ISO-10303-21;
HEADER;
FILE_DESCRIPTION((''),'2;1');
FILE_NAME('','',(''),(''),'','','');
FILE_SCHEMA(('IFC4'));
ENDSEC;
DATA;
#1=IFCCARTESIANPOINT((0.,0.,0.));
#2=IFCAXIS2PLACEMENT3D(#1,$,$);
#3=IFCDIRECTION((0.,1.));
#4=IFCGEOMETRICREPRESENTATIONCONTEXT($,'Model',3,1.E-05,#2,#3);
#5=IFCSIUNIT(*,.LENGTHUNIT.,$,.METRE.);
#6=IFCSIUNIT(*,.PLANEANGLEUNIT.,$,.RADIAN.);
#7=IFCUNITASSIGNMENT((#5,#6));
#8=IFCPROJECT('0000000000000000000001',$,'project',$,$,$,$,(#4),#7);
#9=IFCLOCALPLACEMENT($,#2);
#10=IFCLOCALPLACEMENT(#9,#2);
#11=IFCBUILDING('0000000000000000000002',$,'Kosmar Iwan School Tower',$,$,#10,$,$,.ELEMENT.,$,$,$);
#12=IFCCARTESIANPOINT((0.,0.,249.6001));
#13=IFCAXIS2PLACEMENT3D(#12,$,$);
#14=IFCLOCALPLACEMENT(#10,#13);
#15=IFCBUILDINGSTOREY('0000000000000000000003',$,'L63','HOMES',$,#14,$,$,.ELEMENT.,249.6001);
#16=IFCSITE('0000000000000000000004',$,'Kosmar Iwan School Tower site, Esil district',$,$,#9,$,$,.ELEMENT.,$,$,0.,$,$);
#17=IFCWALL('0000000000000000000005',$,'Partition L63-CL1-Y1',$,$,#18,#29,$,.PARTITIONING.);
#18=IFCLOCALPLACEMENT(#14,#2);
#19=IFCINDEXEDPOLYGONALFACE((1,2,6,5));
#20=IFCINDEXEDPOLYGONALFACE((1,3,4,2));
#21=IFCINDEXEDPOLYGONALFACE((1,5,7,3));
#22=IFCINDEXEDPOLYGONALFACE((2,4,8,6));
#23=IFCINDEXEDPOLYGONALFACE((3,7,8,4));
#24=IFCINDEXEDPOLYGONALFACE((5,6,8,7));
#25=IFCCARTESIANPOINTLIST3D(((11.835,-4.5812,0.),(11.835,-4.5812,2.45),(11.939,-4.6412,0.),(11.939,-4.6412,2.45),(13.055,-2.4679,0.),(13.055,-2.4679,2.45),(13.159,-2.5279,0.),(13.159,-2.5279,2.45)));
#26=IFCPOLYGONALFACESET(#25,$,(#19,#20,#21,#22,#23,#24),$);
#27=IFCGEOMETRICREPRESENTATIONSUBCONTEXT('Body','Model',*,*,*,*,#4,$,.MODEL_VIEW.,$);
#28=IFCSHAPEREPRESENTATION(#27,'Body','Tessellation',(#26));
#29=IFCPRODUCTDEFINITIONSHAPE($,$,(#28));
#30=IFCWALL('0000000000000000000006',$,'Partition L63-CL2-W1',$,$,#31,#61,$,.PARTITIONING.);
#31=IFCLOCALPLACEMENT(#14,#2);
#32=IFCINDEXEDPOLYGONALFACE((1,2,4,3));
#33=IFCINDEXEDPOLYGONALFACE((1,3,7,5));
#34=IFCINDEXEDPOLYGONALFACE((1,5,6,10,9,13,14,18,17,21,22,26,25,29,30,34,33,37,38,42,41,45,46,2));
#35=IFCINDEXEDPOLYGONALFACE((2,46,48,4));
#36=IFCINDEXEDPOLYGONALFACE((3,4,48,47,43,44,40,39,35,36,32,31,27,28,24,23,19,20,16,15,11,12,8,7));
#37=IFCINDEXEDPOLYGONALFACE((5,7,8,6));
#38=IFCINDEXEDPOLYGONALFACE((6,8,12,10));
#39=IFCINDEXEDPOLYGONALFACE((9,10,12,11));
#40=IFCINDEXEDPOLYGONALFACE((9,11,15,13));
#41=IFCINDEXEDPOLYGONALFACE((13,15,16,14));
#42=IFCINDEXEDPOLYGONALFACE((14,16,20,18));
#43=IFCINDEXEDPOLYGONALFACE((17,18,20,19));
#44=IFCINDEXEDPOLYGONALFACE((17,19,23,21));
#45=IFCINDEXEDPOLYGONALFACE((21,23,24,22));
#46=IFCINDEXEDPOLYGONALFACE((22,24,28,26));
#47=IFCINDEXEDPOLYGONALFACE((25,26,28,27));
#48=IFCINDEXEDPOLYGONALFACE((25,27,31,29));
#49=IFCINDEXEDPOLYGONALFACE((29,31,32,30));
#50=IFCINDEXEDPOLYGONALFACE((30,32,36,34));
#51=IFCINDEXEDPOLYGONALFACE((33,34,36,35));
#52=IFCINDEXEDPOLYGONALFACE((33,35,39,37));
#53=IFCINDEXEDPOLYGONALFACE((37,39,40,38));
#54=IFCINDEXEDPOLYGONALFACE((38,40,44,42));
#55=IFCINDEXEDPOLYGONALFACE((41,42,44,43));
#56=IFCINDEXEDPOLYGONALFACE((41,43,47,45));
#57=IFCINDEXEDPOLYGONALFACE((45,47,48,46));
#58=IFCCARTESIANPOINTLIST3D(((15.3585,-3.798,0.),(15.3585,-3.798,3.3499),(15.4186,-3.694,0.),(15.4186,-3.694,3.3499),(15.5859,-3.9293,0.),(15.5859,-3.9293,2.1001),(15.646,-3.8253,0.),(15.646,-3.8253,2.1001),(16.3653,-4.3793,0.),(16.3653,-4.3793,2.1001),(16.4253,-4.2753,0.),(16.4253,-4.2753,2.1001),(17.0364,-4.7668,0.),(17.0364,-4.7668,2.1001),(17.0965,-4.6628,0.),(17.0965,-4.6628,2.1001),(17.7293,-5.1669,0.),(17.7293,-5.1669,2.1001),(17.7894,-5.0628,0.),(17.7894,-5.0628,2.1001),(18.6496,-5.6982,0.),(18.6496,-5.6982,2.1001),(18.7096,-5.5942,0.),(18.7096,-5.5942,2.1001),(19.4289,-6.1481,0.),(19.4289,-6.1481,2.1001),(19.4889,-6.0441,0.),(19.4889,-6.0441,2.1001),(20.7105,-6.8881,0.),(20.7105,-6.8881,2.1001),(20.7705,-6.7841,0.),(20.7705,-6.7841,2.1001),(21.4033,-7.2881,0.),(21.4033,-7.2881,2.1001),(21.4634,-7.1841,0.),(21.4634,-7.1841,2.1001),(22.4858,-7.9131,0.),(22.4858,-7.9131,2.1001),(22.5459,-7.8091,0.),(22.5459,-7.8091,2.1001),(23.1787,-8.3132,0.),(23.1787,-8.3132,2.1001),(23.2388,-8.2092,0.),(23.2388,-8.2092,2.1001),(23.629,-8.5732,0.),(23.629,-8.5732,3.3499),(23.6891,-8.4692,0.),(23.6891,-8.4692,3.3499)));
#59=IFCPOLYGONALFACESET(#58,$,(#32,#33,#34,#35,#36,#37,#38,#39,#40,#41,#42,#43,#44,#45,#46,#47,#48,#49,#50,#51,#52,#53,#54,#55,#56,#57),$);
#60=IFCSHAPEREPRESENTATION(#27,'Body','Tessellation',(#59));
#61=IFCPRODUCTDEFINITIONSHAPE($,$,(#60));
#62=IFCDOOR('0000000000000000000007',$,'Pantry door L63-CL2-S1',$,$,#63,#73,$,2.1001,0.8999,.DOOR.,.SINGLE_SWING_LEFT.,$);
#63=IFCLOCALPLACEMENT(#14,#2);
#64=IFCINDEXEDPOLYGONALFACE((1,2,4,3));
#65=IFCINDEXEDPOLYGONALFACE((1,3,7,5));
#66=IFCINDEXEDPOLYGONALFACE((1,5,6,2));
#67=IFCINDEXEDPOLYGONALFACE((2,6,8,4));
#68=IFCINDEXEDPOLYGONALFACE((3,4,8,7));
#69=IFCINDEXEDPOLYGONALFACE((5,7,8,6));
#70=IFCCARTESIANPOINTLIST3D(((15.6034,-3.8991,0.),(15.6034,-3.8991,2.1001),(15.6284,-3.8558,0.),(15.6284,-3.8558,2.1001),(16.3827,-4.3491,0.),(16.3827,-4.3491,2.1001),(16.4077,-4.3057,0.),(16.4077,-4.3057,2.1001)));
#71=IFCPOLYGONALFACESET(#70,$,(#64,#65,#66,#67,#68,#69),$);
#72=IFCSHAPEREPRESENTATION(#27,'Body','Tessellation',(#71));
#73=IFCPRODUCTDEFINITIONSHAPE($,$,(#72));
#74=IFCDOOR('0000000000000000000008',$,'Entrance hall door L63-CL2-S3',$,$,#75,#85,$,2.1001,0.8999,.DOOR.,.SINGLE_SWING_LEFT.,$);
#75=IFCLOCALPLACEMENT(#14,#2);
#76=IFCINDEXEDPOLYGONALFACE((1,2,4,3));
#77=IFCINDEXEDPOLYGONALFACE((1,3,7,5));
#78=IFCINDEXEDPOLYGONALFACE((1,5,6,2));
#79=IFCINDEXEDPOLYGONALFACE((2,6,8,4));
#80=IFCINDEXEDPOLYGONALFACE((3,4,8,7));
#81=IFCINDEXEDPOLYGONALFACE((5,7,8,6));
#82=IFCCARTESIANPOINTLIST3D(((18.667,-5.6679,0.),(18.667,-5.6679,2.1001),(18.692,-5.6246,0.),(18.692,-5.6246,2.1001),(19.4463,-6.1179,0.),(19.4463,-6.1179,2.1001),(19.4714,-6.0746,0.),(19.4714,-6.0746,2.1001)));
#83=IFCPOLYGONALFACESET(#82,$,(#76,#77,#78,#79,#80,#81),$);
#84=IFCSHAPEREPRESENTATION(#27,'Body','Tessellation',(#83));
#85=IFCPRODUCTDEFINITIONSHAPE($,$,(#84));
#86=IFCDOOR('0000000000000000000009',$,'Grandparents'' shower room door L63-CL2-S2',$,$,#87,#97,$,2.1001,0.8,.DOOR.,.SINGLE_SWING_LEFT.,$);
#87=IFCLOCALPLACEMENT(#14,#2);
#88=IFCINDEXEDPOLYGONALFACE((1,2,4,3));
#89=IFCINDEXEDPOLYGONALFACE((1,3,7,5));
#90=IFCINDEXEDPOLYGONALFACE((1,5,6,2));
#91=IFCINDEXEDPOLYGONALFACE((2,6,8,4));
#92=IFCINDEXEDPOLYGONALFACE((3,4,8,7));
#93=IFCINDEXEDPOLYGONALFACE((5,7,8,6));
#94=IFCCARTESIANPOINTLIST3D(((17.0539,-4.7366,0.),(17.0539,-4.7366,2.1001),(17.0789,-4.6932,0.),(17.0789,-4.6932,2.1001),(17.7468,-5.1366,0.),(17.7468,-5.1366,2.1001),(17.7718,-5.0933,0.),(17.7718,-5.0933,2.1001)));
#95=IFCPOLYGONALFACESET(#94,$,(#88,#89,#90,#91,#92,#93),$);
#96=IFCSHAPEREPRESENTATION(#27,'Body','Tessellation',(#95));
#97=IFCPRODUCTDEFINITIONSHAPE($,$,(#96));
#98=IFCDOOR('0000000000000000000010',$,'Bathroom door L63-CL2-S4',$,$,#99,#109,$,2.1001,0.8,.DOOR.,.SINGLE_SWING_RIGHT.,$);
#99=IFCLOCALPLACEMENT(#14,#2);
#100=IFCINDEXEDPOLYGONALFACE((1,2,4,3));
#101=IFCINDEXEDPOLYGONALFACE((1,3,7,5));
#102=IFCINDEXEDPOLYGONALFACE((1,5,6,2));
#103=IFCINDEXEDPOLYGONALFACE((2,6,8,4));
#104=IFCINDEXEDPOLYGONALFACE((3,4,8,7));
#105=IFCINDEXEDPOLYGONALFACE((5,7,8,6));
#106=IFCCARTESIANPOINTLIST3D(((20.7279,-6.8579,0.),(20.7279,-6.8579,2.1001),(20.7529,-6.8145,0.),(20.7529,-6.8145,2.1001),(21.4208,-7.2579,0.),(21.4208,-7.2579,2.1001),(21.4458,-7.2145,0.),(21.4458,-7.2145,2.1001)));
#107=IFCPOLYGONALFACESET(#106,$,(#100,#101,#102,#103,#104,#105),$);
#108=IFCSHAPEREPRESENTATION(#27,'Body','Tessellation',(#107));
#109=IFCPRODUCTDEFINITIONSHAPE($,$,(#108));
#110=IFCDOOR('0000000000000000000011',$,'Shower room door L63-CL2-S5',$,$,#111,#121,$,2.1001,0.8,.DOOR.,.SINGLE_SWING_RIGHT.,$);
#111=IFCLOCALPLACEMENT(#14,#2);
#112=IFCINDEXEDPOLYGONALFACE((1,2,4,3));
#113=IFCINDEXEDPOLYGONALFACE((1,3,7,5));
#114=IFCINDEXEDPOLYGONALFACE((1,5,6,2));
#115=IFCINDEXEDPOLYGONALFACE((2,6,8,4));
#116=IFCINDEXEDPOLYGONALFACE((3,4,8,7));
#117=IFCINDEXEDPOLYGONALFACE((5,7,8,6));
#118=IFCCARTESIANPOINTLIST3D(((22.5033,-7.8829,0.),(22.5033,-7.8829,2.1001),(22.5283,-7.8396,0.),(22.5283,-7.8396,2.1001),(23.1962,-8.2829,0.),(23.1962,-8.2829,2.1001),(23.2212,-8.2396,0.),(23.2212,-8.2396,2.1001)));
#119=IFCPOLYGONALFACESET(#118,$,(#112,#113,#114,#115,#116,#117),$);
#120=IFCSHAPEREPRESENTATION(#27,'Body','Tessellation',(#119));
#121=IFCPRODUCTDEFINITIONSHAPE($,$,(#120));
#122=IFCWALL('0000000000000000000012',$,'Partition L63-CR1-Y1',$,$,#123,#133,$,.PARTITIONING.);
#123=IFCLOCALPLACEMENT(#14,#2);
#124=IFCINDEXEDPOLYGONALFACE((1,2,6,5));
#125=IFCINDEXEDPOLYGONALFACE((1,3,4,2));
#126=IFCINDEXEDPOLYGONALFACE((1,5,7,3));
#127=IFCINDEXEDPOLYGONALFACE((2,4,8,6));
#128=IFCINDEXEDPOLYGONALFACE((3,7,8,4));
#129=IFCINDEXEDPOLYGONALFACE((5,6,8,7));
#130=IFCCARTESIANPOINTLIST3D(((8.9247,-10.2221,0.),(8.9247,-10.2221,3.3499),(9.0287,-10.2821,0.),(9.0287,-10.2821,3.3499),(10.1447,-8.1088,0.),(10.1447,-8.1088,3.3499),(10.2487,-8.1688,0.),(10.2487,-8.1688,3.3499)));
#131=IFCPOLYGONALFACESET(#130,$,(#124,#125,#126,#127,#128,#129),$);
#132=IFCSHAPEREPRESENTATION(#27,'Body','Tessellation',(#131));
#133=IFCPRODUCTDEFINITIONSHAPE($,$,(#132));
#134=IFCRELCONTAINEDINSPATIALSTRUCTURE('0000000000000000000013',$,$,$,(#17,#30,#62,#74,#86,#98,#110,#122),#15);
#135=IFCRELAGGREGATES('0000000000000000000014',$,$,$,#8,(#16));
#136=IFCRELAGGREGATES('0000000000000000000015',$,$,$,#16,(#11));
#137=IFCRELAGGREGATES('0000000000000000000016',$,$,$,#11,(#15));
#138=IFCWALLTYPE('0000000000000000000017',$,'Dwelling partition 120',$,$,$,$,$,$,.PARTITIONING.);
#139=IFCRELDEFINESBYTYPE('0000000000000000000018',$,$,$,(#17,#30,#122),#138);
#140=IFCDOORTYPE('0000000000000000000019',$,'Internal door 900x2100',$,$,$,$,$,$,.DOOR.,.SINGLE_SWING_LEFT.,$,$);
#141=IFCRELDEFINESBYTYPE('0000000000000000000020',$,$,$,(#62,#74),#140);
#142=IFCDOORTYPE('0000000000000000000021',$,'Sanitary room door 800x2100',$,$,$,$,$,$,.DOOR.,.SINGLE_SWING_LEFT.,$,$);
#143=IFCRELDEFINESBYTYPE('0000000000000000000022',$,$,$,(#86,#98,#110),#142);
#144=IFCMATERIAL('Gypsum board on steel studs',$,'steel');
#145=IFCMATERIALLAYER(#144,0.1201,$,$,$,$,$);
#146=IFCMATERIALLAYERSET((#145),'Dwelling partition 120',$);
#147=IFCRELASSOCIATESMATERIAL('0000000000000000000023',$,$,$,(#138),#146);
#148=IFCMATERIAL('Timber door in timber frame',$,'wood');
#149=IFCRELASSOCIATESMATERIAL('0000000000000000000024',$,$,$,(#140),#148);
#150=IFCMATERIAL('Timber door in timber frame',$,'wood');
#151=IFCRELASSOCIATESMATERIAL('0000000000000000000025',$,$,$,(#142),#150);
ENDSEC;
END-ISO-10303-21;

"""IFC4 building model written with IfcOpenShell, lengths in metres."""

from ifc_helpers import new_model, si_unit, direction, frame, frame_2d, origin, place, context, subcontext, project, spatial, rectangle, extrude, material, layer, layer_set, type_object, element, fill, save


model = new_model("IFC4")

# Units and contexts
model_context = context("Model", 3, precision=1e-05, world=origin(), true_north=direction((0.0, 1.0)))
body_context = subcontext(model_context, "Body", "Model", "MODEL_VIEW")
ifc_project = project(units=[si_unit("LENGTHUNIT", "METRE"), si_unit("PLANEANGLEUNIT", "RADIAN")], contexts=[model_context])

# Site, building, storey
site_placement = place(None, origin())
site = spatial("IfcSite", under=ifc_project, at=site_placement, Name="Kosmar Iwan School Tower site, Esil district", CompositionType="ELEMENT", RefElevation=0.0)
building_placement = place(site_placement, origin())
building = spatial("IfcBuilding", under=site, at=building_placement, Name="Kosmar Iwan School Tower", CompositionType="ELEMENT")
storey_placement = place(building_placement, frame((0.0, 0.0, 249.6001)))
storey = spatial("IfcBuildingStorey", under=building, at=storey_placement, Name="L63", Description="HOMES", CompositionType="ELEMENT", Elevation=249.6001)

# Shared definitions
ifc_material_1 = material(Name="Gypsum board on steel studs", Category="steel")
ifc_layer_1 = layer(ifc_material_1, 0.1201)
ifc_layer_set_1 = layer_set([ifc_layer_1], Name="Dwelling partition 120")
wall_type_1 = type_object("IfcWallType", Name="Dwelling partition 120", PredefinedType="PARTITIONING", material=ifc_layer_set_1)
ifc_material_2 = material(Name="Timber door in timber frame", Category="wood")
door_type_1 = type_object("IfcDoorType", Name="Internal door 900x2100", OperationType="SINGLE_SWING_LEFT", PredefinedType="DOOR", material=ifc_material_2)
ifc_material_3 = material(Name="Timber door in timber frame", Category="wood")
door_type_2 = type_object("IfcDoorType", Name="Sanitary room door 800x2100", OperationType="SINGLE_SWING_LEFT", PredefinedType="DOOR", material=ifc_material_3)

# Wall
wall_1_placement = place(storey_placement, frame((11.887, -4.6113, 0.0), z_axis=(0.0, 0.0, 1.0), x_axis=(0.499959, 0.866049, 0.0)))
element("IfcWall", 1, at=wall_1_placement, inside=storey, type_object=wall_type_1, Name="Partition L63-CL1-Y1", PredefinedType="PARTITIONING", context=body_context, shape_type="SweptSolid", body=[
    extrude(rectangle(XDim=2.4402, YDim=0.1201, at=frame_2d((1.2202, 0.0))), origin(), (0.0, 0.0, 1.0), 2.45),
])

# Wall, openings, doors
wall_2_placement = place(storey_placement, frame((15.3887, -3.7461, 0.0), z_axis=(0.0, 0.0, 1.0), x_axis=(0.866018, -0.500013, 0.0)))
wall_2 = element("IfcWall", 2, at=wall_2_placement, inside=storey, type_object=wall_type_1, Name="Partition L63-CL2-W1", PredefinedType="PARTITIONING", context=body_context, shape_type="SweptSolid", body=[
    extrude(rectangle(XDim=9.55, YDim=0.1201, at=frame_2d((4.7749, 0.0))), origin(), (0.0, 0.0, 1.0), 3.3499),
])
opening_1_placement = place(wall_2_placement, frame((0.2625, 0.0, 0.0)))
opening_1 = element("IfcOpeningElement", 3, at=opening_1_placement, cuts=wall_2, PredefinedType="OPENING", context=body_context, shape_type="SweptSolid", body=[
    extrude(rectangle(XDim=0.8999, YDim=2.1001, at=frame_2d((0.45, 1.05))), frame((0.0, 0.072, 0.0), z_axis=(0.0, -1.0, 0.0), x_axis=(1.0, 0.0, 0.0)), (0.0, 0.0, 1.0), 0.144),
])
opening_2_placement = place(wall_2_placement, frame((1.9375, 0.0, 0.0)))
opening_2 = element("IfcOpeningElement", 4, at=opening_2_placement, cuts=wall_2, PredefinedType="OPENING", context=body_context, shape_type="SweptSolid", body=[
    extrude(rectangle(XDim=0.8, YDim=2.1001, at=frame_2d((0.3999, 1.05))), frame((0.0, 0.072, 0.0), z_axis=(0.0, -1.0, 0.0), x_axis=(1.0, 0.0, 0.0)), (0.0, 0.0, 1.0), 0.144),
])
opening_3_placement = place(wall_2_placement, frame((3.8, 0.0, 0.0)))
opening_3 = element("IfcOpeningElement", 5, at=opening_3_placement, cuts=wall_2, PredefinedType="OPENING", context=body_context, shape_type="SweptSolid", body=[
    extrude(rectangle(XDim=0.8999, YDim=2.1001, at=frame_2d((0.45, 1.05))), frame((0.0, 0.072, 0.0), z_axis=(0.0, -1.0, 0.0), x_axis=(1.0, 0.0, 0.0)), (0.0, 0.0, 1.0), 0.144),
])
opening_4_placement = place(wall_2_placement, frame((6.1799, 0.0, 0.0)))
opening_4 = element("IfcOpeningElement", 6, at=opening_4_placement, cuts=wall_2, PredefinedType="OPENING", context=body_context, shape_type="SweptSolid", body=[
    extrude(rectangle(XDim=0.8, YDim=2.1001, at=frame_2d((0.3999, 1.05))), frame((0.0, 0.072, 0.0), z_axis=(0.0, -1.0, 0.0), x_axis=(1.0, 0.0, 0.0)), (0.0, 0.0, 1.0), 0.144),
])
opening_5_placement = place(wall_2_placement, frame((8.23, 0.0, 0.0)))
opening_5 = element("IfcOpeningElement", 7, at=opening_5_placement, cuts=wall_2, PredefinedType="OPENING", context=body_context, shape_type="SweptSolid", body=[
    extrude(rectangle(XDim=0.8, YDim=2.1001, at=frame_2d((0.3999, 1.05))), frame((0.0, 0.072, 0.0), z_axis=(0.0, -1.0, 0.0), x_axis=(1.0, 0.0, 0.0)), (0.0, 0.0, 1.0), 0.144),
])
door_1_placement = place(opening_1_placement, origin())
door_1 = element("IfcDoor", 8, at=door_1_placement, inside=storey, type_object=door_type_1, Name="Pantry door L63-CL2-S1", OperationType="SINGLE_SWING_LEFT", OverallHeight=2.1001, OverallWidth=0.8999, PredefinedType="DOOR", context=body_context, shape_type="SweptSolid", body=[
    extrude(rectangle(XDim=0.8999, YDim=2.1001, at=frame_2d((0.45, 1.05))), frame((0.0, 0.0249, 0.0), z_axis=(0.0, -1.0, 0.0), x_axis=(1.0, 0.0, 0.0)), (0.0, 0.0, 1.0), 0.05),
])
fill(opening_1, door_1)
door_2_placement = place(opening_3_placement, origin())
door_2 = element("IfcDoor", 9, at=door_2_placement, inside=storey, type_object=door_type_1, Name="Entrance hall door L63-CL2-S3", OperationType="SINGLE_SWING_LEFT", OverallHeight=2.1001, OverallWidth=0.8999, PredefinedType="DOOR", context=body_context, shape_type="SweptSolid", body=[
    extrude(rectangle(XDim=0.8999, YDim=2.1001, at=frame_2d((0.45, 1.05))), frame((0.0, 0.0249, 0.0), z_axis=(0.0, -1.0, 0.0), x_axis=(1.0, 0.0, 0.0)), (0.0, 0.0, 1.0), 0.05),
])
fill(opening_3, door_2)
door_3_placement = place(opening_2_placement, origin())
door_3 = element("IfcDoor", 10, at=door_3_placement, inside=storey, type_object=door_type_2, Name="Grandparents' shower room door L63-CL2-S2", OperationType="SINGLE_SWING_LEFT", OverallHeight=2.1001, OverallWidth=0.8, PredefinedType="DOOR", context=body_context, shape_type="SweptSolid", body=[
    extrude(rectangle(XDim=0.8, YDim=2.1001, at=frame_2d((0.3999, 1.05))), frame((0.0, 0.0249, 0.0), z_axis=(0.0, -1.0, 0.0), x_axis=(1.0, 0.0, 0.0)), (0.0, 0.0, 1.0), 0.05),
])
fill(opening_2, door_3)
door_4_placement = place(opening_4_placement, origin())
door_4 = element("IfcDoor", 11, at=door_4_placement, inside=storey, type_object=door_type_2, Name="Bathroom door L63-CL2-S4", OperationType="SINGLE_SWING_RIGHT", OverallHeight=2.1001, OverallWidth=0.8, PredefinedType="DOOR", context=body_context, shape_type="SweptSolid", body=[
    extrude(rectangle(XDim=0.8, YDim=2.1001, at=frame_2d((0.3999, 1.05))), frame((0.0, 0.0249, 0.0), z_axis=(0.0, -1.0, 0.0), x_axis=(1.0, 0.0, 0.0)), (0.0, 0.0, 1.0), 0.05),
])
fill(opening_4, door_4)
door_5_placement = place(opening_5_placement, origin())
door_5 = element("IfcDoor", 12, at=door_5_placement, inside=storey, type_object=door_type_2, Name="Shower room door L63-CL2-S5", OperationType="SINGLE_SWING_RIGHT", OverallHeight=2.1001, OverallWidth=0.8, PredefinedType="DOOR", context=body_context, shape_type="SweptSolid", body=[
    extrude(rectangle(XDim=0.8, YDim=2.1001, at=frame_2d((0.3999, 1.05))), frame((0.0, 0.0249, 0.0), z_axis=(0.0, -1.0, 0.0), x_axis=(1.0, 0.0, 0.0)), (0.0, 0.0, 1.0), 0.05),
])
fill(opening_5, door_5)

# Wall
wall_3_placement = place(storey_placement, frame((10.1968, -8.1387, 0.0), z_axis=(0.0, 0.0, 1.0), x_axis=(-0.499959, -0.866049, 0.0)))
element("IfcWall", 13, at=wall_3_placement, inside=storey, type_object=wall_type_1, Name="Partition L63-CR1-Y1", PredefinedType="PARTITIONING", context=body_context, shape_type="SweptSolid", body=[
    extrude(rectangle(XDim=2.4402, YDim=0.1201, at=frame_2d((1.2202, 0.0))), origin(), (0.0, 0.0, 1.0), 3.3499),
])

save(model, "model.ifc")
